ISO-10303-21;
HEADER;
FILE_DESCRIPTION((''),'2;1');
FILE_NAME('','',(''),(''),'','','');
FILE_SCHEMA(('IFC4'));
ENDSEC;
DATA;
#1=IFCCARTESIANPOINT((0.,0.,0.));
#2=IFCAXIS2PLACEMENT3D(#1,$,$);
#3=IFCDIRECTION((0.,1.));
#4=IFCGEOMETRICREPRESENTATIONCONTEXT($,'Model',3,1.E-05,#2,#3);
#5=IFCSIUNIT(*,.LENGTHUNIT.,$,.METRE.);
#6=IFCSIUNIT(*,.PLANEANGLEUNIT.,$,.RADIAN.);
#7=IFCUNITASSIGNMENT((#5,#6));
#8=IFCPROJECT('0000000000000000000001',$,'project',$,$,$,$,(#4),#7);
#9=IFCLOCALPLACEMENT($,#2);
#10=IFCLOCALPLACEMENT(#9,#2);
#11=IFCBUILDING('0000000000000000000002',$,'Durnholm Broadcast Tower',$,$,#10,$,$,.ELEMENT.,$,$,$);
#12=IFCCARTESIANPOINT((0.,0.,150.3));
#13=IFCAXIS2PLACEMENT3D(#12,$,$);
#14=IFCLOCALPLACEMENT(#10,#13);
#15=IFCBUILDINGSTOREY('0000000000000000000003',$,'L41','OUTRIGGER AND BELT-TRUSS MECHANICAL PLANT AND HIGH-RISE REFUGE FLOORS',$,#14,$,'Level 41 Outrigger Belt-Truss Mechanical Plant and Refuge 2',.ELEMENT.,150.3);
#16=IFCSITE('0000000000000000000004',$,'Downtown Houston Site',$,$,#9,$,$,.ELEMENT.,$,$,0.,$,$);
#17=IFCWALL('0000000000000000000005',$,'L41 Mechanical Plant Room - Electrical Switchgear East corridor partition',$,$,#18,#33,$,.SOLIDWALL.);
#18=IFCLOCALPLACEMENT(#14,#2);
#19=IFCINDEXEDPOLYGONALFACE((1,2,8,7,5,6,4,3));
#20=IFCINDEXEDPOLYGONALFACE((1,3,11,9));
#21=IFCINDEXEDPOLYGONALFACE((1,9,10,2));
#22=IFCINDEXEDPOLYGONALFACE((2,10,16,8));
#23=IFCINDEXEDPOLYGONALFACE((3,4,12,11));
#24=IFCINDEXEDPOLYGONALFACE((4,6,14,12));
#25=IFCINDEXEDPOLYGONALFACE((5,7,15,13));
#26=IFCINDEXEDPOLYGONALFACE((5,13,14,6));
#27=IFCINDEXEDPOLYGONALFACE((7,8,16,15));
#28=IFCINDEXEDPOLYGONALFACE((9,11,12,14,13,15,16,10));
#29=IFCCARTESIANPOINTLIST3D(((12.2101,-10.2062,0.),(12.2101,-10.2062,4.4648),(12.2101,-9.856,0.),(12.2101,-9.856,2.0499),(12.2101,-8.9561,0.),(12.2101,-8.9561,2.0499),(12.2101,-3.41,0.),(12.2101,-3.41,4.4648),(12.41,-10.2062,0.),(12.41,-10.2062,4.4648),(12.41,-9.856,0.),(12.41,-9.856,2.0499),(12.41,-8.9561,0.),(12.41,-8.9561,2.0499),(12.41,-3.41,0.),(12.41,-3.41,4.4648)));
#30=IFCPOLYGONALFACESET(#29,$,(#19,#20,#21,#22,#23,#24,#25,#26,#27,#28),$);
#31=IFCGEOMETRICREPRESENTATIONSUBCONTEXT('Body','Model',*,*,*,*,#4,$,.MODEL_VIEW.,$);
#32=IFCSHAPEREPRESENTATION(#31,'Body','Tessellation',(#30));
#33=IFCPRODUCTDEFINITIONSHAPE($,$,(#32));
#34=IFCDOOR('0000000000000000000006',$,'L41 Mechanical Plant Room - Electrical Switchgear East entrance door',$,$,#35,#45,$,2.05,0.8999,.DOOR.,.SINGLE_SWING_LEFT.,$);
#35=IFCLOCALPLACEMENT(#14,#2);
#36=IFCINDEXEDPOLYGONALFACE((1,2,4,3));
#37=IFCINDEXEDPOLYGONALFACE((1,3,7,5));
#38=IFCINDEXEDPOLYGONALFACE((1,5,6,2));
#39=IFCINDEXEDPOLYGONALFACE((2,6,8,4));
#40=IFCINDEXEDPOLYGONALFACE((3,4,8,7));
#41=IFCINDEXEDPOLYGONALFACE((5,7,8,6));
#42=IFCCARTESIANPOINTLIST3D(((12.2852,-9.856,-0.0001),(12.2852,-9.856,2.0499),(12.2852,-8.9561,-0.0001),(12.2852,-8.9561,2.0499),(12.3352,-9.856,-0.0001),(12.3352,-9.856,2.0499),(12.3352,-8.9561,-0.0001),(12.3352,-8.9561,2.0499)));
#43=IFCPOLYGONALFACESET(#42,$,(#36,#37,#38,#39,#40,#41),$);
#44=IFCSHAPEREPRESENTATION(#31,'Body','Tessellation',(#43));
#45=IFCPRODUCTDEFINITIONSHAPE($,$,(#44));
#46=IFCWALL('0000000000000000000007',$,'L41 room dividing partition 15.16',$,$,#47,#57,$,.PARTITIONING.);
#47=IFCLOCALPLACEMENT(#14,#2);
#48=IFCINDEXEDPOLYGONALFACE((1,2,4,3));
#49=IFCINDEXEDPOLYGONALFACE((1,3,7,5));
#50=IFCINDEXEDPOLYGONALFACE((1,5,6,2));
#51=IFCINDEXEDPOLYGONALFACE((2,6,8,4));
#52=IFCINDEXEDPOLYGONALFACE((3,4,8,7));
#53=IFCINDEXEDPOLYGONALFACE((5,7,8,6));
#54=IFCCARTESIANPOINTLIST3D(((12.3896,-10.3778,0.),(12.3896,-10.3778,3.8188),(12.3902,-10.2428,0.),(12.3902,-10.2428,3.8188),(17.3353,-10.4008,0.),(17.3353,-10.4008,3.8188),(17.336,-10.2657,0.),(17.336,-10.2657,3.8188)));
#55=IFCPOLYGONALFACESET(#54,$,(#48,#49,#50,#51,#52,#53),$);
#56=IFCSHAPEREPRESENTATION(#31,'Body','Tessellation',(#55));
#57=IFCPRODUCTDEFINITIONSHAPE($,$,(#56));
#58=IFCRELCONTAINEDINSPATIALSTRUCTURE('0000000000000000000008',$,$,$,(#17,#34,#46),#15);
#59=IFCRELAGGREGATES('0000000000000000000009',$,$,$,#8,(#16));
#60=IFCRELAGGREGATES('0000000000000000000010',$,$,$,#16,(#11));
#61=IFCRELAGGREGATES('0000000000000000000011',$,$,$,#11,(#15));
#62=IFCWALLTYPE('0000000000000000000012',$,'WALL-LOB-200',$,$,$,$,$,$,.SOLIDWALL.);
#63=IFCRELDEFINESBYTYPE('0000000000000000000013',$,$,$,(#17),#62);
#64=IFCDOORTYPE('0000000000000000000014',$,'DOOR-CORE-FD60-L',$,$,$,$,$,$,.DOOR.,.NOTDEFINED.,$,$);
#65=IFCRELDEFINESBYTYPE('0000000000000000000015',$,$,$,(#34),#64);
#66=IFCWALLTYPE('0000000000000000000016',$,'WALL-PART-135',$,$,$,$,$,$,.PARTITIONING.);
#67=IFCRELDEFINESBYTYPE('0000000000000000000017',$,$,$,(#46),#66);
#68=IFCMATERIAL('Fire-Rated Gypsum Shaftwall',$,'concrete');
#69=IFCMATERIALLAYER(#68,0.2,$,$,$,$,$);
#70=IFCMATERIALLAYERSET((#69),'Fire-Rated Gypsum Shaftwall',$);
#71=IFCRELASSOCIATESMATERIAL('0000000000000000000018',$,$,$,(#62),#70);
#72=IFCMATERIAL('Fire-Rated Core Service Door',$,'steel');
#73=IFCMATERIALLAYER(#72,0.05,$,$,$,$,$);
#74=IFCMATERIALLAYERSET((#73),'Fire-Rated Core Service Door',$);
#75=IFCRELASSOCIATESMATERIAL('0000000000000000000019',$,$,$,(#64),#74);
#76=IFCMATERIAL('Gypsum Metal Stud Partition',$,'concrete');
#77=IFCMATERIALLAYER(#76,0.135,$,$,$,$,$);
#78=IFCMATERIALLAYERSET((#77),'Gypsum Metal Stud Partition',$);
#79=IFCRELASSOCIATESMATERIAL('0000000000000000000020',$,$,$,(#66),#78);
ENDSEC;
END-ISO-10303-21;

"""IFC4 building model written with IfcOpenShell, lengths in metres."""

from ifc_helpers import new_model, si_unit, direction, frame, frame_2d, origin, place, context, subcontext, project, spatial, rectangle, extrude, source, transform, mapped, material, layer, layer_set, type_object, type_shapes, element, fill, save


model = new_model("IFC4")

# Units and contexts
model_context = context("Model", 3, precision=1e-05, world=origin(), true_north=direction((0.0, 1.0)))
body_context = subcontext(model_context, "Body", "Model", "MODEL_VIEW")
ifc_project = project(units=[si_unit("LENGTHUNIT", "METRE"), si_unit("PLANEANGLEUNIT", "RADIAN")], contexts=[model_context])

# Site, building, storey
site_placement = place(None, origin())
site = spatial("IfcSite", under=ifc_project, at=site_placement, Name="Downtown Houston Site", CompositionType="ELEMENT", RefElevation=0.0)
building_placement = place(site_placement, origin())
building = spatial("IfcBuilding", under=site, at=building_placement, Name="Durnholm Broadcast Tower", CompositionType="ELEMENT")
storey_placement = place(building_placement, frame((0.0, 0.0, 150.3)))
storey = spatial("IfcBuildingStorey", under=building, at=storey_placement, Name="L41", Description="OUTRIGGER AND BELT-TRUSS MECHANICAL PLANT AND HIGH-RISE REFUGE FLOORS", LongName="Level 41 Outrigger Belt-Truss Mechanical Plant and Refuge 2", CompositionType="ELEMENT", Elevation=150.3)

# Wall, opening, door
ifc_material_1 = material(Name="Fire-Rated Gypsum Shaftwall", Category="concrete")
ifc_layer_1 = layer(ifc_material_1, 0.2)
ifc_layer_set_1 = layer_set([ifc_layer_1], Name="Fire-Rated Gypsum Shaftwall")
wall_type_1 = type_object("IfcWallType", Name="WALL-LOB-200", PredefinedType="SOLIDWALL", material=ifc_layer_set_1)
wall_1_placement = place(storey_placement, frame((12.3101, -10.2061, 0.0), z_axis=(0.0, 0.0, 1.0), x_axis=(0.0, 1.0, 0.0)))
wall_1 = element("IfcWall", 1, at=wall_1_placement, inside=storey, type_object=wall_type_1, Name="L41 Mechanical Plant Room - Electrical Switchgear East corridor partition", PredefinedType="SOLIDWALL", context=body_context, shape_type="SweptSolid", body=[
    extrude(rectangle(XDim=6.7961, YDim=0.2, at=frame_2d((3.3979, 0.0))), origin(), (0.0, 0.0, 1.0), 4.4648),
])
opening_placement = place(wall_1_placement, frame((0.3501, 0.0, 0.0)))
opening = element("IfcOpeningElement", 2, at=opening_placement, cuts=wall_1, PredefinedType="OPENING", context=body_context, shape_type="SweptSolid", body=[
    extrude(rectangle(XDim=0.8999, YDim=2.05, at=frame_2d((0.45, 1.0249))), frame((0.0, 0.1099, 0.0), z_axis=(0.0, -1.0, 0.0), x_axis=(1.0, 0.0, 0.0)), (0.0, 0.0, 1.0), 0.22),
])
ifc_material_2 = material(Name="Fire-Rated Core Service Door", Category="steel")
ifc_layer_2 = layer(ifc_material_2, 0.05)
ifc_layer_set_2 = layer_set([ifc_layer_2], Name="Fire-Rated Core Service Door")
door_type = type_object("IfcDoorType", Name="DOOR-CORE-FD60-L", OperationType="NOTDEFINED", PredefinedType="DOOR", material=ifc_layer_set_2)
shared_shape_1 = source(origin(), body_context, "Body", "SweptSolid", [
    extrude(rectangle(XDim=0.8999, YDim=2.05, at=frame_2d((0.45, 1.0249))), frame((0.0, 0.0249, 0.0), z_axis=(0.0, -1.0, 0.0), x_axis=(1.0, 0.0, 0.0)), (0.0, 0.0, 1.0), 0.05),
])
type_shapes(door_type, [shared_shape_1])
door_placement = place(opening_placement, origin())
door = element("IfcDoor", 3, at=door_placement, inside=storey, type_object=door_type, Name="L41 Mechanical Plant Room - Electrical Switchgear East entrance door", OperationType="SINGLE_SWING_LEFT", OverallHeight=2.05, OverallWidth=0.8999, PredefinedType="DOOR", context=body_context, shape_type="MappedRepresentation", body=[
    mapped(shared_shape_1, transform((0.0, 0.0, 0.0), x_axis=(1.0, 0.0, 0.0), y_axis=(0.0, 1.0, 0.0), z_axis=(0.0, 0.0, 1.0), scale=1.0)),
])
fill(opening, door)

# Wall
ifc_material_3 = material(Name="Gypsum Metal Stud Partition", Category="concrete")
ifc_layer_3 = layer(ifc_material_3, 0.135)
ifc_layer_set_3 = layer_set([ifc_layer_3], Name="Gypsum Metal Stud Partition")
wall_type_2 = type_object("IfcWallType", Name="WALL-PART-135", PredefinedType="PARTITIONING", material=ifc_layer_set_3)
wall_2_placement = place(storey_placement, frame((12.3899, -10.3103, 0.0), z_axis=(0.0, 0.0, 1.0), x_axis=(0.999989, -0.00464, 0.0)))
element("IfcWall", 4, at=wall_2_placement, inside=storey, type_object=wall_type_2, Name="L41 room dividing partition 15.16", PredefinedType="PARTITIONING", context=body_context, shape_type="SweptSolid", body=[
    extrude(rectangle(XDim=4.9458, YDim=0.135, at=frame_2d((2.4729, 0.0))), origin(), (0.0, 0.0, 1.0), 3.8188),
])

save(model, "model.ifc")
